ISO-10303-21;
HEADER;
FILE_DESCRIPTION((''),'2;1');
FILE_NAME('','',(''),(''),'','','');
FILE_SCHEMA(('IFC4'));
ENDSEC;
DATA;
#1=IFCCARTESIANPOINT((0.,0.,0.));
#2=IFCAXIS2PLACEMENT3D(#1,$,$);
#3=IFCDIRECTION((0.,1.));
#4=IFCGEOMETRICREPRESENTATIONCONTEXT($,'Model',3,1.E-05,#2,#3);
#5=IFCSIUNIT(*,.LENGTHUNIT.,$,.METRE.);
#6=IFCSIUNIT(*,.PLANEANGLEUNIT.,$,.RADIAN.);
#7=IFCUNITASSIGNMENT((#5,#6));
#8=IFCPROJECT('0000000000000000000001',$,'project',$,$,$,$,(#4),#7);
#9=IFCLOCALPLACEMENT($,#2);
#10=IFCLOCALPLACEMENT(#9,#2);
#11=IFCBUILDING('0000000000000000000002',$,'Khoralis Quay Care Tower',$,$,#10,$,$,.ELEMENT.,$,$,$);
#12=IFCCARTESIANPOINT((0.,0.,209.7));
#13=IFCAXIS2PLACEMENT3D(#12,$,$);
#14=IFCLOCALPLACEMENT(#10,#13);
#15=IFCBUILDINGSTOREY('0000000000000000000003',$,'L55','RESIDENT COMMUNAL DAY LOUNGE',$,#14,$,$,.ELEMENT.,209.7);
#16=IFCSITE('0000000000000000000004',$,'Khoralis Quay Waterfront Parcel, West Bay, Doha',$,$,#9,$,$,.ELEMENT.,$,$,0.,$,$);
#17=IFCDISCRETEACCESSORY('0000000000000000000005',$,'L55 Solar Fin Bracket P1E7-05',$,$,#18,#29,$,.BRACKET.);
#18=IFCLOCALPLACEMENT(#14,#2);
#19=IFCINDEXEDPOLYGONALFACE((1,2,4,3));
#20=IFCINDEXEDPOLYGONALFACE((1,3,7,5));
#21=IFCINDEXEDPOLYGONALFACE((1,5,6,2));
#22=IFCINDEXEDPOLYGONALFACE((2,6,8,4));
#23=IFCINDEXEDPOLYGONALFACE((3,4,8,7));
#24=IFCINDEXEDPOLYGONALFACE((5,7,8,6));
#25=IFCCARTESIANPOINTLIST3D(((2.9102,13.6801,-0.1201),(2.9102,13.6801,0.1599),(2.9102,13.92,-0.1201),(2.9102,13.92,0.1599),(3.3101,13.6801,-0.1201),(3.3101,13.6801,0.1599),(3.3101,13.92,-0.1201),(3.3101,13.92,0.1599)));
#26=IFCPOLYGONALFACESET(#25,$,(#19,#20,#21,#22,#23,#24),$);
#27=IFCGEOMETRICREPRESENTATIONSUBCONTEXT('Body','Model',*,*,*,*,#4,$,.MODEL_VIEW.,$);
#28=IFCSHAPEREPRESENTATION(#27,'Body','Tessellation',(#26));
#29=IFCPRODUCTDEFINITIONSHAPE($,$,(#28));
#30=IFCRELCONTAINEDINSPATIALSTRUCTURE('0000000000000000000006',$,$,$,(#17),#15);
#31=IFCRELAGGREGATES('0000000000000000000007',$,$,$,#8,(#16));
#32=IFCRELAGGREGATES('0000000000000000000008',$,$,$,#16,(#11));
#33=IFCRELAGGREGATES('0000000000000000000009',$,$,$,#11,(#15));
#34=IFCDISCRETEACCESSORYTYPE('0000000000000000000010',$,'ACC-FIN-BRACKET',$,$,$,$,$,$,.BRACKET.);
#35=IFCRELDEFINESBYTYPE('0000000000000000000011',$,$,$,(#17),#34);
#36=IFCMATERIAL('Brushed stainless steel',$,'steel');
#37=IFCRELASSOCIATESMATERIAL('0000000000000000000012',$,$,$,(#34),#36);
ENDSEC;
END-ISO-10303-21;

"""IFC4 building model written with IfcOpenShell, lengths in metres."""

from ifc_helpers import new_model, si_unit, direction, frame, origin, origin_2d, place, context, subcontext, project, spatial, rectangle, extrude, source, transform, mapped, material, type_object, element, save


model = new_model("IFC4")

# Units and contexts
model_context = context("Model", 3, precision=1e-05, world=origin(), true_north=direction((0.0, 1.0)))
body_context = subcontext(model_context, "Body", "Model", "MODEL_VIEW")
ifc_project = project(units=[si_unit("LENGTHUNIT", "METRE"), si_unit("PLANEANGLEUNIT", "RADIAN")], contexts=[model_context])

# Site, building, storey
site_placement = place(None, origin())
site = spatial("IfcSite", under=ifc_project, at=site_placement, Name="Khoralis Quay Waterfront Parcel, West Bay, Doha", CompositionType="ELEMENT", RefElevation=0.0)
building_placement = place(site_placement, origin())
building = spatial("IfcBuilding", under=site, at=building_placement, Name="Khoralis Quay Care Tower", CompositionType="ELEMENT")
storey_placement = place(building_placement, frame((0.0, 0.0, 209.7)))
storey = spatial("IfcBuildingStorey", under=building, at=storey_placement, Name="L55", Description="RESIDENT COMMUNAL DAY LOUNGE", CompositionType="ELEMENT", Elevation=209.7)

# Discrete accessory
ifc_material_1 = material(Name="Brushed stainless steel", Category="steel")
discrete_accessory_type = type_object("IfcDiscreteAccessoryType", Name="ACC-FIN-BRACKET", PredefinedType="BRACKET", material=ifc_material_1)
shared_shape_1 = source(origin(), body_context, "Body", "SweptSolid", [
    extrude(rectangle(XDim=0.3999, YDim=0.24, at=origin_2d()), origin(), (0.0, 0.0, 1.0), 0.28),
])
discrete_accessory_placement = place(storey_placement, frame((3.1101, 13.8, -0.1201), z_axis=(0.0, 0.0, 1.0), x_axis=(-1.0, 0.0, 0.0)))
element("IfcDiscreteAccessory", 1, at=discrete_accessory_placement, inside=storey, type_object=discrete_accessory_type, Name="L55 Solar Fin Bracket P1E7-05", PredefinedType="BRACKET", context=body_context, shape_type="MappedRepresentation", body=[
    mapped(shared_shape_1, transform((0.0, 0.0, 0.0), scale=1.0)),
])

save(model, "model.ifc")
